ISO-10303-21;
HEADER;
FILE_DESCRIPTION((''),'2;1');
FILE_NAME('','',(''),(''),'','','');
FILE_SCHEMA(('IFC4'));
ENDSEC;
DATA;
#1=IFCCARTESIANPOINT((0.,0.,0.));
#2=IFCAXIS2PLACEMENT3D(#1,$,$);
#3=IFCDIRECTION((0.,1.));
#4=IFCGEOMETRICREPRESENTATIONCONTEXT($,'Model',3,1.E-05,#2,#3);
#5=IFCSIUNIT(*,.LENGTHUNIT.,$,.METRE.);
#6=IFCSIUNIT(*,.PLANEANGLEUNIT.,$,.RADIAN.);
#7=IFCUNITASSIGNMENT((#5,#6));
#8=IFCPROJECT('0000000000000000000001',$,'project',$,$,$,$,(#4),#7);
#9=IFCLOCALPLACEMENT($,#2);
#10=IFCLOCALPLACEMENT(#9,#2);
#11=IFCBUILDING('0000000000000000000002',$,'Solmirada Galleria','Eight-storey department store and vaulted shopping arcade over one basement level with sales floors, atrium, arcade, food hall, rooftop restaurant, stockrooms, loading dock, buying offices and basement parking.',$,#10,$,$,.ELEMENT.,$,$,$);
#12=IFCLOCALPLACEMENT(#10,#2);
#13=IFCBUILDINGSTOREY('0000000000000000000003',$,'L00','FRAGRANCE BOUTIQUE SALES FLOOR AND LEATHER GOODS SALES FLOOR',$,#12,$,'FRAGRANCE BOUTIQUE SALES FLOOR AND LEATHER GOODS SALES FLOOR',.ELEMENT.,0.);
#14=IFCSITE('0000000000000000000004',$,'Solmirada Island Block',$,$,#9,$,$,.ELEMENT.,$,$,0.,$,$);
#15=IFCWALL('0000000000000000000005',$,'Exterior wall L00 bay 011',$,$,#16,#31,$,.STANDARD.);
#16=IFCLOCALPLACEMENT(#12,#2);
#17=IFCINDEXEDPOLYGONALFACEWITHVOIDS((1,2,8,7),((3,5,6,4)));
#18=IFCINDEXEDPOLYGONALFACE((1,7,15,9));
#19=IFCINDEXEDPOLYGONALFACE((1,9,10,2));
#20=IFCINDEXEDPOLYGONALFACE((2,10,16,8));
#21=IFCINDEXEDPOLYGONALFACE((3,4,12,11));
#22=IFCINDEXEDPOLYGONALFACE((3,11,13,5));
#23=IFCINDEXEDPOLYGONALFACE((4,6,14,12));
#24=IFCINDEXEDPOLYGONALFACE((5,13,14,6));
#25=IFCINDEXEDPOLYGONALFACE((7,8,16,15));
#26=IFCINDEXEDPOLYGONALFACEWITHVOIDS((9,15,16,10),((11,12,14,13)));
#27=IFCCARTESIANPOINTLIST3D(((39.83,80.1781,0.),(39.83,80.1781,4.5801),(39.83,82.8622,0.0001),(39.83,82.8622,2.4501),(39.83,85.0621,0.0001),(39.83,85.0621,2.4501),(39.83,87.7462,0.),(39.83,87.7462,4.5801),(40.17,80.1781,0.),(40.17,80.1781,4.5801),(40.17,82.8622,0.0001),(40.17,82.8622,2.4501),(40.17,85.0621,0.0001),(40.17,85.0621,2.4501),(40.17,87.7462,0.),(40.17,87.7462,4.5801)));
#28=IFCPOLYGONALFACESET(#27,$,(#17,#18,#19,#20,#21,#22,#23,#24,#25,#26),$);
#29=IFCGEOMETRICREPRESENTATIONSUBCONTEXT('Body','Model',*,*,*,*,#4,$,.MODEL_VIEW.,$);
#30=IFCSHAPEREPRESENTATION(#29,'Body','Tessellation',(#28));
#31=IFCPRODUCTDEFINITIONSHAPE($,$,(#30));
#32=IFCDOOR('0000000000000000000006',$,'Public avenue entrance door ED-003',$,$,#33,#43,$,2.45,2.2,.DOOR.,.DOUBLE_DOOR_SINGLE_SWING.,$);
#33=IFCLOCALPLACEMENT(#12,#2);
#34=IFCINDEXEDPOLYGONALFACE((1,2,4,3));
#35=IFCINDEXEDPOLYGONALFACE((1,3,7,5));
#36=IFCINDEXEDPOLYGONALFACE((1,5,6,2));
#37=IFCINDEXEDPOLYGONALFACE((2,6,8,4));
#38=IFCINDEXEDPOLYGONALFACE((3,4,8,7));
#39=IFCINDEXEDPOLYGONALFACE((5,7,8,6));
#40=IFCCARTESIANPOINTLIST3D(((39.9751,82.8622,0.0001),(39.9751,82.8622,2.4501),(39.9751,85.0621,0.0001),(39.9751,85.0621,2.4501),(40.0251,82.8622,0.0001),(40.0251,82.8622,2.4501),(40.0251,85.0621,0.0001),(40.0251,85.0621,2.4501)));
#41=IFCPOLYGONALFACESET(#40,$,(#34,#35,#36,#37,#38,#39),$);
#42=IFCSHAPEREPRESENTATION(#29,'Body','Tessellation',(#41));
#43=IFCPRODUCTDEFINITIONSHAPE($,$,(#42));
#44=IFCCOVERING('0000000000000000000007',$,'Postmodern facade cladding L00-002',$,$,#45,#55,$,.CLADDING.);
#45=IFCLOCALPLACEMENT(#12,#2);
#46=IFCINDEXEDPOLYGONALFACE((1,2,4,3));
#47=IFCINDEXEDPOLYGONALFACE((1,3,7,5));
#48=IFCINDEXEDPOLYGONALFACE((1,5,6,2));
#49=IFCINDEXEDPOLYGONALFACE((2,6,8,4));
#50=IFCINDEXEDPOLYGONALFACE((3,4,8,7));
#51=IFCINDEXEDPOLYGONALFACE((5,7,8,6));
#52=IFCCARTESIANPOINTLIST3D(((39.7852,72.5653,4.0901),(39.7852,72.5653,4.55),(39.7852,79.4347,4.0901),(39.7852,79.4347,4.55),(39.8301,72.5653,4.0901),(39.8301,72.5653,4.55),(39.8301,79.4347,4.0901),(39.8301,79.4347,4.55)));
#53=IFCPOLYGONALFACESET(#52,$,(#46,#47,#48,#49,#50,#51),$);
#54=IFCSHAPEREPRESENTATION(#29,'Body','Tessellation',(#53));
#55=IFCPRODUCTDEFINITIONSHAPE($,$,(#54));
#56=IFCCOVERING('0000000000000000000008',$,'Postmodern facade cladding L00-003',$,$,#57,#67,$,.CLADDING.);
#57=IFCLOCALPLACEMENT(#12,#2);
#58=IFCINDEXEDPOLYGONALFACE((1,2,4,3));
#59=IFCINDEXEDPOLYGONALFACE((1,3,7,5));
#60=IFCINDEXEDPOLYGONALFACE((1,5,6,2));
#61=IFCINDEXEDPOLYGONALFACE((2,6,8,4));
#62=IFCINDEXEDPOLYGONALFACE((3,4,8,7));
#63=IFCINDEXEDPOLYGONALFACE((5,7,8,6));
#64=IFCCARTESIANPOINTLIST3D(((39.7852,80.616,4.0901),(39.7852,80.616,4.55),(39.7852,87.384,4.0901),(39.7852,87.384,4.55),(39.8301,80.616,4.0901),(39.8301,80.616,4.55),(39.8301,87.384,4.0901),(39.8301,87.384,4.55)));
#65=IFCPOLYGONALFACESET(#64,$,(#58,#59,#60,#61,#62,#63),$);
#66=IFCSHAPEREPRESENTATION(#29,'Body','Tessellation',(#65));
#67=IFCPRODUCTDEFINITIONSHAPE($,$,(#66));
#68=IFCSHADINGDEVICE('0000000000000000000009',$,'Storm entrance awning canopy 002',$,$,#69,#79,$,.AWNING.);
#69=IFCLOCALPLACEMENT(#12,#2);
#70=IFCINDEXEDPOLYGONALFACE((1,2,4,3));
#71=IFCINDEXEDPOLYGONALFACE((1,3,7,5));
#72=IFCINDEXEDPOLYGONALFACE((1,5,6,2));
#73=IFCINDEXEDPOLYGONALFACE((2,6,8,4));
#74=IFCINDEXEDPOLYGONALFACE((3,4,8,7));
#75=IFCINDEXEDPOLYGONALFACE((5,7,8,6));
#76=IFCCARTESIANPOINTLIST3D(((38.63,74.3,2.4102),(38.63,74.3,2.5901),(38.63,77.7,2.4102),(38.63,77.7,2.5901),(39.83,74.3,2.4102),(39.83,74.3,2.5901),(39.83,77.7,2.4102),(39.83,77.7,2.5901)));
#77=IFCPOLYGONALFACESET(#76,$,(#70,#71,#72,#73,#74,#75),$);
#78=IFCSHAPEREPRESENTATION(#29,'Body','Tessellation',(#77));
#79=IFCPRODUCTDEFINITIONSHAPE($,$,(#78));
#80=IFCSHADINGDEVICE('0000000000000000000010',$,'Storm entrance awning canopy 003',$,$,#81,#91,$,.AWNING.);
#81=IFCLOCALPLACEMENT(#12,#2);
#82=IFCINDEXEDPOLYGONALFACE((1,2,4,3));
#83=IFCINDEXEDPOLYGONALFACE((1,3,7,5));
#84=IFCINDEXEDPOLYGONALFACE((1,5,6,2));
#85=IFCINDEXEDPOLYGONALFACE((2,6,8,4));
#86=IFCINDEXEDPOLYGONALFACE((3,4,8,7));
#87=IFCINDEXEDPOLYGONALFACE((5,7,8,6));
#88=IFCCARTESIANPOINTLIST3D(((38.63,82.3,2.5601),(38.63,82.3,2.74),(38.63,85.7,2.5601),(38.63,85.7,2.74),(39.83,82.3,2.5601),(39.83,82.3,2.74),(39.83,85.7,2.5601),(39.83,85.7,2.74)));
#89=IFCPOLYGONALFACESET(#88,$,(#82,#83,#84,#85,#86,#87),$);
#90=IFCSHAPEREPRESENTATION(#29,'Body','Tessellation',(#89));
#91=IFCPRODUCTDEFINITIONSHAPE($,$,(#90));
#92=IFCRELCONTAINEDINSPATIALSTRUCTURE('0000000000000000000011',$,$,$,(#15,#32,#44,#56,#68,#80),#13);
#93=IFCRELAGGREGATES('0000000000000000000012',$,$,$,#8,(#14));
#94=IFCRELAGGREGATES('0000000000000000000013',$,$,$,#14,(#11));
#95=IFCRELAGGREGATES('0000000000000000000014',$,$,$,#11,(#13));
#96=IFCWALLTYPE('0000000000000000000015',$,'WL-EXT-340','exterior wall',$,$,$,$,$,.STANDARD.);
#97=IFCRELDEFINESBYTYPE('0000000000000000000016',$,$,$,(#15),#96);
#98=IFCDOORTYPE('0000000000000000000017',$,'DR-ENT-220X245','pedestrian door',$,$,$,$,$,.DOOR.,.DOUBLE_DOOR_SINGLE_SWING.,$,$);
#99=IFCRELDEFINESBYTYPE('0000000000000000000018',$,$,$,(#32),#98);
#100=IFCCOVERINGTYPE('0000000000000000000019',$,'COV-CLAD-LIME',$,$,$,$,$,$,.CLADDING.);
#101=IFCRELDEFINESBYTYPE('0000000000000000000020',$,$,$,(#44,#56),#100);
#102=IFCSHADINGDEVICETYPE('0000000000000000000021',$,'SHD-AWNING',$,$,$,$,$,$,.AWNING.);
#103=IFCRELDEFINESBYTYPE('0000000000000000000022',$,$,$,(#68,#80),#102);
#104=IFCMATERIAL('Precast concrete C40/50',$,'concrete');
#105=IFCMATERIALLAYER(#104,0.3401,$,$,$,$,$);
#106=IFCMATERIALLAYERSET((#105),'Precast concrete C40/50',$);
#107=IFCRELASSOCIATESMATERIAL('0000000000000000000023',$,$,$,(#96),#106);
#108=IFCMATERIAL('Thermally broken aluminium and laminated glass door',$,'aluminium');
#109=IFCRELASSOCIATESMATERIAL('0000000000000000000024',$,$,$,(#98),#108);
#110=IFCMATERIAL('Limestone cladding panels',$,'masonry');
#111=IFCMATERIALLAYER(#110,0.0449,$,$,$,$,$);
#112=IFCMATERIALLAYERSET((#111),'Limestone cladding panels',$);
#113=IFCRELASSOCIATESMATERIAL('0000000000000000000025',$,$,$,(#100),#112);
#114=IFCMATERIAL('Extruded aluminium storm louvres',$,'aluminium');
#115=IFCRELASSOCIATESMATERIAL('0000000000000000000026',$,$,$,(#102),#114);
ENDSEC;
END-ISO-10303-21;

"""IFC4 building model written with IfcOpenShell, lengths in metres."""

from ifc_helpers import new_model, si_unit, direction, frame, frame_2d, origin, origin_2d, place, context, subcontext, project, spatial, rectangle, extrude, material, layer, layer_set, type_object, element, fill, save


model = new_model("IFC4")

# Units and contexts
model_context = context("Model", 3, precision=1e-05, world=origin(), true_north=direction((0.0, 1.0)))
body_context = subcontext(model_context, "Body", "Model", "MODEL_VIEW")
ifc_project = project(units=[si_unit("LENGTHUNIT", "METRE"), si_unit("PLANEANGLEUNIT", "RADIAN")], contexts=[model_context])

# Site, building, storey
site_placement = place(None, origin())
site = spatial("IfcSite", under=ifc_project, at=site_placement, Name="Solmirada Island Block", CompositionType="ELEMENT", RefElevation=0.0)
building_placement = place(site_placement, origin())
building = spatial("IfcBuilding", under=site, at=building_placement, Name="Solmirada Galleria", Description="Eight-storey department store and vaulted shopping arcade over one basement level with sales floors, atrium, arcade, food hall, rooftop restaurant, stockrooms, loading dock, buying offices and basement parking.", CompositionType="ELEMENT")
storey_placement = place(building_placement, origin())
storey = spatial("IfcBuildingStorey", under=building, at=storey_placement, Name="L00", Description="FRAGRANCE BOUTIQUE SALES FLOOR AND LEATHER GOODS SALES FLOOR", LongName="FRAGRANCE BOUTIQUE SALES FLOOR AND LEATHER GOODS SALES FLOOR", CompositionType="ELEMENT", Elevation=0.0)

# Wall, opening, door
ifc_material_1 = material(Name="Precast concrete C40/50", Category="concrete")
ifc_layer_1 = layer(ifc_material_1, 0.3401)
ifc_layer_set_1 = layer_set([ifc_layer_1], Name="Precast concrete C40/50")
wall_type = type_object("IfcWallType", Name="WL-EXT-340", Description="exterior wall", PredefinedType="STANDARD", material=ifc_layer_set_1)
ifc_material_2 = material(Name="Thermally broken aluminium and laminated glass door", Category="aluminium")
wall_1_placement = place(storey_placement, frame((40.0, 80.178, 0.0), z_axis=(0.0, 0.0, 1.0), x_axis=(0.0, 1.0, 0.0)))
wall_1 = element("IfcWall", 1, at=wall_1_placement, inside=storey, type_object=wall_type, Name="Exterior wall L00 bay 011", PredefinedType="STANDARD", context=body_context, shape_type="SweptSolid", body=[
    extrude(rectangle(XDim=7.5681, YDim=0.3401, at=frame_2d((3.7842, 0.0))), origin(), (0.0, 0.0, 1.0), 4.5801),
])
opening_1_placement = place(wall_1_placement, frame((2.6841, 0.0, 0.0)))
opening_1 = element("IfcOpeningElement", 2, at=opening_1_placement, cuts=wall_1, PredefinedType="OPENING", context=body_context, shape_type="SweptSolid", body=[
    extrude(rectangle(XDim=2.2, YDim=2.45, at=frame_2d((1.1001, 1.2251))), frame((0.0, 0.1799, 0.0), z_axis=(0.0, -1.0, 0.0), x_axis=(1.0, 0.0, 0.0)), (0.0, 0.0, 1.0), 0.3601),
])
door_type_1 = type_object("IfcDoorType", Name="DR-ENT-220X245", Description="pedestrian door", OperationType="DOUBLE_DOOR_SINGLE_SWING", PredefinedType="DOOR", material=ifc_material_2)
door_1_placement = place(opening_1_placement, origin())
door_1 = element("IfcDoor", 3, at=door_1_placement, inside=storey, type_object=door_type_1, Name="Public avenue entrance door ED-003", OperationType="DOUBLE_DOOR_SINGLE_SWING", OverallHeight=2.45, OverallWidth=2.2, PredefinedType="DOOR", context=body_context, shape_type="SweptSolid", body=[
    extrude(rectangle(XDim=2.2, YDim=2.45, at=frame_2d((1.1001, 1.2251))), frame((0.0, 0.0249, 0.0), z_axis=(0.0, -1.0, 0.0), x_axis=(1.0, 0.0, 0.0)), (0.0, 0.0, 1.0), 0.05),
])
fill(opening_1, door_1)

# Coverings
ifc_material_3 = material(Name="Limestone cladding panels", Category="masonry")
ifc_layer_2 = layer(ifc_material_3, 0.0449)
ifc_layer_set_2 = layer_set([ifc_layer_2], Name="Limestone cladding panels")
covering_type = type_object("IfcCoveringType", Name="COV-CLAD-LIME", PredefinedType="CLADDING", material=ifc_layer_set_2)
covering_1_placement = place(storey_placement, frame((39.8076, 76.0, 4.0901), z_axis=(0.0, 0.0, 1.0), x_axis=(0.0, 1.0, 0.0)))
element("IfcCovering", 4, at=covering_1_placement, inside=storey, type_object=covering_type, Name="Postmodern facade cladding L00-002", PredefinedType="CLADDING", context=body_context, shape_type="SweptSolid", body=[
    extrude(rectangle(XDim=6.8694, YDim=0.0449, at=origin_2d()), origin(), (0.0, 0.0, 1.0), 0.46),
])
covering_2_placement = place(storey_placement, frame((39.8076, 84.0, 4.0901), z_axis=(0.0, 0.0, 1.0), x_axis=(0.0, 1.0, 0.0)))
element("IfcCovering", 5, at=covering_2_placement, inside=storey, type_object=covering_type, Name="Postmodern facade cladding L00-003", PredefinedType="CLADDING", context=body_context, shape_type="SweptSolid", body=[
    extrude(rectangle(XDim=6.7681, YDim=0.0449, at=origin_2d()), origin(), (0.0, 0.0, 1.0), 0.46),
])

# Shading devices
ifc_material_4 = material(Name="Extruded aluminium storm louvres", Category="aluminium")
shading_device_type = type_object("IfcShadingDeviceType", Name="SHD-AWNING", PredefinedType="AWNING", material=ifc_material_4)
for number, where, z_axis, x_axis, name in (
    (6, (39.23, 76.0, 2.4102), (0.0, 0.0, 1.0), (0.0, 1.0, 0.0), "Storm entrance awning canopy 002"),
    (7, (39.23, 84.0, 2.5601), (0.0, 0.0, 1.0), (0.0, 1.0, 0.0), "Storm entrance awning canopy 003"),
):
    element("IfcShadingDevice", number, at=place(storey_placement, frame(where, z_axis=z_axis, x_axis=x_axis)), inside=storey, type_object=shading_device_type, Name=name, PredefinedType="AWNING", context=body_context, shape_type="SweptSolid", body=[
        extrude(rectangle(XDim=3.3999, YDim=1.2, at=origin_2d()), origin(), (0.0, 0.0, 1.0), 0.1799),
    ])

save(model, "model.ifc")
